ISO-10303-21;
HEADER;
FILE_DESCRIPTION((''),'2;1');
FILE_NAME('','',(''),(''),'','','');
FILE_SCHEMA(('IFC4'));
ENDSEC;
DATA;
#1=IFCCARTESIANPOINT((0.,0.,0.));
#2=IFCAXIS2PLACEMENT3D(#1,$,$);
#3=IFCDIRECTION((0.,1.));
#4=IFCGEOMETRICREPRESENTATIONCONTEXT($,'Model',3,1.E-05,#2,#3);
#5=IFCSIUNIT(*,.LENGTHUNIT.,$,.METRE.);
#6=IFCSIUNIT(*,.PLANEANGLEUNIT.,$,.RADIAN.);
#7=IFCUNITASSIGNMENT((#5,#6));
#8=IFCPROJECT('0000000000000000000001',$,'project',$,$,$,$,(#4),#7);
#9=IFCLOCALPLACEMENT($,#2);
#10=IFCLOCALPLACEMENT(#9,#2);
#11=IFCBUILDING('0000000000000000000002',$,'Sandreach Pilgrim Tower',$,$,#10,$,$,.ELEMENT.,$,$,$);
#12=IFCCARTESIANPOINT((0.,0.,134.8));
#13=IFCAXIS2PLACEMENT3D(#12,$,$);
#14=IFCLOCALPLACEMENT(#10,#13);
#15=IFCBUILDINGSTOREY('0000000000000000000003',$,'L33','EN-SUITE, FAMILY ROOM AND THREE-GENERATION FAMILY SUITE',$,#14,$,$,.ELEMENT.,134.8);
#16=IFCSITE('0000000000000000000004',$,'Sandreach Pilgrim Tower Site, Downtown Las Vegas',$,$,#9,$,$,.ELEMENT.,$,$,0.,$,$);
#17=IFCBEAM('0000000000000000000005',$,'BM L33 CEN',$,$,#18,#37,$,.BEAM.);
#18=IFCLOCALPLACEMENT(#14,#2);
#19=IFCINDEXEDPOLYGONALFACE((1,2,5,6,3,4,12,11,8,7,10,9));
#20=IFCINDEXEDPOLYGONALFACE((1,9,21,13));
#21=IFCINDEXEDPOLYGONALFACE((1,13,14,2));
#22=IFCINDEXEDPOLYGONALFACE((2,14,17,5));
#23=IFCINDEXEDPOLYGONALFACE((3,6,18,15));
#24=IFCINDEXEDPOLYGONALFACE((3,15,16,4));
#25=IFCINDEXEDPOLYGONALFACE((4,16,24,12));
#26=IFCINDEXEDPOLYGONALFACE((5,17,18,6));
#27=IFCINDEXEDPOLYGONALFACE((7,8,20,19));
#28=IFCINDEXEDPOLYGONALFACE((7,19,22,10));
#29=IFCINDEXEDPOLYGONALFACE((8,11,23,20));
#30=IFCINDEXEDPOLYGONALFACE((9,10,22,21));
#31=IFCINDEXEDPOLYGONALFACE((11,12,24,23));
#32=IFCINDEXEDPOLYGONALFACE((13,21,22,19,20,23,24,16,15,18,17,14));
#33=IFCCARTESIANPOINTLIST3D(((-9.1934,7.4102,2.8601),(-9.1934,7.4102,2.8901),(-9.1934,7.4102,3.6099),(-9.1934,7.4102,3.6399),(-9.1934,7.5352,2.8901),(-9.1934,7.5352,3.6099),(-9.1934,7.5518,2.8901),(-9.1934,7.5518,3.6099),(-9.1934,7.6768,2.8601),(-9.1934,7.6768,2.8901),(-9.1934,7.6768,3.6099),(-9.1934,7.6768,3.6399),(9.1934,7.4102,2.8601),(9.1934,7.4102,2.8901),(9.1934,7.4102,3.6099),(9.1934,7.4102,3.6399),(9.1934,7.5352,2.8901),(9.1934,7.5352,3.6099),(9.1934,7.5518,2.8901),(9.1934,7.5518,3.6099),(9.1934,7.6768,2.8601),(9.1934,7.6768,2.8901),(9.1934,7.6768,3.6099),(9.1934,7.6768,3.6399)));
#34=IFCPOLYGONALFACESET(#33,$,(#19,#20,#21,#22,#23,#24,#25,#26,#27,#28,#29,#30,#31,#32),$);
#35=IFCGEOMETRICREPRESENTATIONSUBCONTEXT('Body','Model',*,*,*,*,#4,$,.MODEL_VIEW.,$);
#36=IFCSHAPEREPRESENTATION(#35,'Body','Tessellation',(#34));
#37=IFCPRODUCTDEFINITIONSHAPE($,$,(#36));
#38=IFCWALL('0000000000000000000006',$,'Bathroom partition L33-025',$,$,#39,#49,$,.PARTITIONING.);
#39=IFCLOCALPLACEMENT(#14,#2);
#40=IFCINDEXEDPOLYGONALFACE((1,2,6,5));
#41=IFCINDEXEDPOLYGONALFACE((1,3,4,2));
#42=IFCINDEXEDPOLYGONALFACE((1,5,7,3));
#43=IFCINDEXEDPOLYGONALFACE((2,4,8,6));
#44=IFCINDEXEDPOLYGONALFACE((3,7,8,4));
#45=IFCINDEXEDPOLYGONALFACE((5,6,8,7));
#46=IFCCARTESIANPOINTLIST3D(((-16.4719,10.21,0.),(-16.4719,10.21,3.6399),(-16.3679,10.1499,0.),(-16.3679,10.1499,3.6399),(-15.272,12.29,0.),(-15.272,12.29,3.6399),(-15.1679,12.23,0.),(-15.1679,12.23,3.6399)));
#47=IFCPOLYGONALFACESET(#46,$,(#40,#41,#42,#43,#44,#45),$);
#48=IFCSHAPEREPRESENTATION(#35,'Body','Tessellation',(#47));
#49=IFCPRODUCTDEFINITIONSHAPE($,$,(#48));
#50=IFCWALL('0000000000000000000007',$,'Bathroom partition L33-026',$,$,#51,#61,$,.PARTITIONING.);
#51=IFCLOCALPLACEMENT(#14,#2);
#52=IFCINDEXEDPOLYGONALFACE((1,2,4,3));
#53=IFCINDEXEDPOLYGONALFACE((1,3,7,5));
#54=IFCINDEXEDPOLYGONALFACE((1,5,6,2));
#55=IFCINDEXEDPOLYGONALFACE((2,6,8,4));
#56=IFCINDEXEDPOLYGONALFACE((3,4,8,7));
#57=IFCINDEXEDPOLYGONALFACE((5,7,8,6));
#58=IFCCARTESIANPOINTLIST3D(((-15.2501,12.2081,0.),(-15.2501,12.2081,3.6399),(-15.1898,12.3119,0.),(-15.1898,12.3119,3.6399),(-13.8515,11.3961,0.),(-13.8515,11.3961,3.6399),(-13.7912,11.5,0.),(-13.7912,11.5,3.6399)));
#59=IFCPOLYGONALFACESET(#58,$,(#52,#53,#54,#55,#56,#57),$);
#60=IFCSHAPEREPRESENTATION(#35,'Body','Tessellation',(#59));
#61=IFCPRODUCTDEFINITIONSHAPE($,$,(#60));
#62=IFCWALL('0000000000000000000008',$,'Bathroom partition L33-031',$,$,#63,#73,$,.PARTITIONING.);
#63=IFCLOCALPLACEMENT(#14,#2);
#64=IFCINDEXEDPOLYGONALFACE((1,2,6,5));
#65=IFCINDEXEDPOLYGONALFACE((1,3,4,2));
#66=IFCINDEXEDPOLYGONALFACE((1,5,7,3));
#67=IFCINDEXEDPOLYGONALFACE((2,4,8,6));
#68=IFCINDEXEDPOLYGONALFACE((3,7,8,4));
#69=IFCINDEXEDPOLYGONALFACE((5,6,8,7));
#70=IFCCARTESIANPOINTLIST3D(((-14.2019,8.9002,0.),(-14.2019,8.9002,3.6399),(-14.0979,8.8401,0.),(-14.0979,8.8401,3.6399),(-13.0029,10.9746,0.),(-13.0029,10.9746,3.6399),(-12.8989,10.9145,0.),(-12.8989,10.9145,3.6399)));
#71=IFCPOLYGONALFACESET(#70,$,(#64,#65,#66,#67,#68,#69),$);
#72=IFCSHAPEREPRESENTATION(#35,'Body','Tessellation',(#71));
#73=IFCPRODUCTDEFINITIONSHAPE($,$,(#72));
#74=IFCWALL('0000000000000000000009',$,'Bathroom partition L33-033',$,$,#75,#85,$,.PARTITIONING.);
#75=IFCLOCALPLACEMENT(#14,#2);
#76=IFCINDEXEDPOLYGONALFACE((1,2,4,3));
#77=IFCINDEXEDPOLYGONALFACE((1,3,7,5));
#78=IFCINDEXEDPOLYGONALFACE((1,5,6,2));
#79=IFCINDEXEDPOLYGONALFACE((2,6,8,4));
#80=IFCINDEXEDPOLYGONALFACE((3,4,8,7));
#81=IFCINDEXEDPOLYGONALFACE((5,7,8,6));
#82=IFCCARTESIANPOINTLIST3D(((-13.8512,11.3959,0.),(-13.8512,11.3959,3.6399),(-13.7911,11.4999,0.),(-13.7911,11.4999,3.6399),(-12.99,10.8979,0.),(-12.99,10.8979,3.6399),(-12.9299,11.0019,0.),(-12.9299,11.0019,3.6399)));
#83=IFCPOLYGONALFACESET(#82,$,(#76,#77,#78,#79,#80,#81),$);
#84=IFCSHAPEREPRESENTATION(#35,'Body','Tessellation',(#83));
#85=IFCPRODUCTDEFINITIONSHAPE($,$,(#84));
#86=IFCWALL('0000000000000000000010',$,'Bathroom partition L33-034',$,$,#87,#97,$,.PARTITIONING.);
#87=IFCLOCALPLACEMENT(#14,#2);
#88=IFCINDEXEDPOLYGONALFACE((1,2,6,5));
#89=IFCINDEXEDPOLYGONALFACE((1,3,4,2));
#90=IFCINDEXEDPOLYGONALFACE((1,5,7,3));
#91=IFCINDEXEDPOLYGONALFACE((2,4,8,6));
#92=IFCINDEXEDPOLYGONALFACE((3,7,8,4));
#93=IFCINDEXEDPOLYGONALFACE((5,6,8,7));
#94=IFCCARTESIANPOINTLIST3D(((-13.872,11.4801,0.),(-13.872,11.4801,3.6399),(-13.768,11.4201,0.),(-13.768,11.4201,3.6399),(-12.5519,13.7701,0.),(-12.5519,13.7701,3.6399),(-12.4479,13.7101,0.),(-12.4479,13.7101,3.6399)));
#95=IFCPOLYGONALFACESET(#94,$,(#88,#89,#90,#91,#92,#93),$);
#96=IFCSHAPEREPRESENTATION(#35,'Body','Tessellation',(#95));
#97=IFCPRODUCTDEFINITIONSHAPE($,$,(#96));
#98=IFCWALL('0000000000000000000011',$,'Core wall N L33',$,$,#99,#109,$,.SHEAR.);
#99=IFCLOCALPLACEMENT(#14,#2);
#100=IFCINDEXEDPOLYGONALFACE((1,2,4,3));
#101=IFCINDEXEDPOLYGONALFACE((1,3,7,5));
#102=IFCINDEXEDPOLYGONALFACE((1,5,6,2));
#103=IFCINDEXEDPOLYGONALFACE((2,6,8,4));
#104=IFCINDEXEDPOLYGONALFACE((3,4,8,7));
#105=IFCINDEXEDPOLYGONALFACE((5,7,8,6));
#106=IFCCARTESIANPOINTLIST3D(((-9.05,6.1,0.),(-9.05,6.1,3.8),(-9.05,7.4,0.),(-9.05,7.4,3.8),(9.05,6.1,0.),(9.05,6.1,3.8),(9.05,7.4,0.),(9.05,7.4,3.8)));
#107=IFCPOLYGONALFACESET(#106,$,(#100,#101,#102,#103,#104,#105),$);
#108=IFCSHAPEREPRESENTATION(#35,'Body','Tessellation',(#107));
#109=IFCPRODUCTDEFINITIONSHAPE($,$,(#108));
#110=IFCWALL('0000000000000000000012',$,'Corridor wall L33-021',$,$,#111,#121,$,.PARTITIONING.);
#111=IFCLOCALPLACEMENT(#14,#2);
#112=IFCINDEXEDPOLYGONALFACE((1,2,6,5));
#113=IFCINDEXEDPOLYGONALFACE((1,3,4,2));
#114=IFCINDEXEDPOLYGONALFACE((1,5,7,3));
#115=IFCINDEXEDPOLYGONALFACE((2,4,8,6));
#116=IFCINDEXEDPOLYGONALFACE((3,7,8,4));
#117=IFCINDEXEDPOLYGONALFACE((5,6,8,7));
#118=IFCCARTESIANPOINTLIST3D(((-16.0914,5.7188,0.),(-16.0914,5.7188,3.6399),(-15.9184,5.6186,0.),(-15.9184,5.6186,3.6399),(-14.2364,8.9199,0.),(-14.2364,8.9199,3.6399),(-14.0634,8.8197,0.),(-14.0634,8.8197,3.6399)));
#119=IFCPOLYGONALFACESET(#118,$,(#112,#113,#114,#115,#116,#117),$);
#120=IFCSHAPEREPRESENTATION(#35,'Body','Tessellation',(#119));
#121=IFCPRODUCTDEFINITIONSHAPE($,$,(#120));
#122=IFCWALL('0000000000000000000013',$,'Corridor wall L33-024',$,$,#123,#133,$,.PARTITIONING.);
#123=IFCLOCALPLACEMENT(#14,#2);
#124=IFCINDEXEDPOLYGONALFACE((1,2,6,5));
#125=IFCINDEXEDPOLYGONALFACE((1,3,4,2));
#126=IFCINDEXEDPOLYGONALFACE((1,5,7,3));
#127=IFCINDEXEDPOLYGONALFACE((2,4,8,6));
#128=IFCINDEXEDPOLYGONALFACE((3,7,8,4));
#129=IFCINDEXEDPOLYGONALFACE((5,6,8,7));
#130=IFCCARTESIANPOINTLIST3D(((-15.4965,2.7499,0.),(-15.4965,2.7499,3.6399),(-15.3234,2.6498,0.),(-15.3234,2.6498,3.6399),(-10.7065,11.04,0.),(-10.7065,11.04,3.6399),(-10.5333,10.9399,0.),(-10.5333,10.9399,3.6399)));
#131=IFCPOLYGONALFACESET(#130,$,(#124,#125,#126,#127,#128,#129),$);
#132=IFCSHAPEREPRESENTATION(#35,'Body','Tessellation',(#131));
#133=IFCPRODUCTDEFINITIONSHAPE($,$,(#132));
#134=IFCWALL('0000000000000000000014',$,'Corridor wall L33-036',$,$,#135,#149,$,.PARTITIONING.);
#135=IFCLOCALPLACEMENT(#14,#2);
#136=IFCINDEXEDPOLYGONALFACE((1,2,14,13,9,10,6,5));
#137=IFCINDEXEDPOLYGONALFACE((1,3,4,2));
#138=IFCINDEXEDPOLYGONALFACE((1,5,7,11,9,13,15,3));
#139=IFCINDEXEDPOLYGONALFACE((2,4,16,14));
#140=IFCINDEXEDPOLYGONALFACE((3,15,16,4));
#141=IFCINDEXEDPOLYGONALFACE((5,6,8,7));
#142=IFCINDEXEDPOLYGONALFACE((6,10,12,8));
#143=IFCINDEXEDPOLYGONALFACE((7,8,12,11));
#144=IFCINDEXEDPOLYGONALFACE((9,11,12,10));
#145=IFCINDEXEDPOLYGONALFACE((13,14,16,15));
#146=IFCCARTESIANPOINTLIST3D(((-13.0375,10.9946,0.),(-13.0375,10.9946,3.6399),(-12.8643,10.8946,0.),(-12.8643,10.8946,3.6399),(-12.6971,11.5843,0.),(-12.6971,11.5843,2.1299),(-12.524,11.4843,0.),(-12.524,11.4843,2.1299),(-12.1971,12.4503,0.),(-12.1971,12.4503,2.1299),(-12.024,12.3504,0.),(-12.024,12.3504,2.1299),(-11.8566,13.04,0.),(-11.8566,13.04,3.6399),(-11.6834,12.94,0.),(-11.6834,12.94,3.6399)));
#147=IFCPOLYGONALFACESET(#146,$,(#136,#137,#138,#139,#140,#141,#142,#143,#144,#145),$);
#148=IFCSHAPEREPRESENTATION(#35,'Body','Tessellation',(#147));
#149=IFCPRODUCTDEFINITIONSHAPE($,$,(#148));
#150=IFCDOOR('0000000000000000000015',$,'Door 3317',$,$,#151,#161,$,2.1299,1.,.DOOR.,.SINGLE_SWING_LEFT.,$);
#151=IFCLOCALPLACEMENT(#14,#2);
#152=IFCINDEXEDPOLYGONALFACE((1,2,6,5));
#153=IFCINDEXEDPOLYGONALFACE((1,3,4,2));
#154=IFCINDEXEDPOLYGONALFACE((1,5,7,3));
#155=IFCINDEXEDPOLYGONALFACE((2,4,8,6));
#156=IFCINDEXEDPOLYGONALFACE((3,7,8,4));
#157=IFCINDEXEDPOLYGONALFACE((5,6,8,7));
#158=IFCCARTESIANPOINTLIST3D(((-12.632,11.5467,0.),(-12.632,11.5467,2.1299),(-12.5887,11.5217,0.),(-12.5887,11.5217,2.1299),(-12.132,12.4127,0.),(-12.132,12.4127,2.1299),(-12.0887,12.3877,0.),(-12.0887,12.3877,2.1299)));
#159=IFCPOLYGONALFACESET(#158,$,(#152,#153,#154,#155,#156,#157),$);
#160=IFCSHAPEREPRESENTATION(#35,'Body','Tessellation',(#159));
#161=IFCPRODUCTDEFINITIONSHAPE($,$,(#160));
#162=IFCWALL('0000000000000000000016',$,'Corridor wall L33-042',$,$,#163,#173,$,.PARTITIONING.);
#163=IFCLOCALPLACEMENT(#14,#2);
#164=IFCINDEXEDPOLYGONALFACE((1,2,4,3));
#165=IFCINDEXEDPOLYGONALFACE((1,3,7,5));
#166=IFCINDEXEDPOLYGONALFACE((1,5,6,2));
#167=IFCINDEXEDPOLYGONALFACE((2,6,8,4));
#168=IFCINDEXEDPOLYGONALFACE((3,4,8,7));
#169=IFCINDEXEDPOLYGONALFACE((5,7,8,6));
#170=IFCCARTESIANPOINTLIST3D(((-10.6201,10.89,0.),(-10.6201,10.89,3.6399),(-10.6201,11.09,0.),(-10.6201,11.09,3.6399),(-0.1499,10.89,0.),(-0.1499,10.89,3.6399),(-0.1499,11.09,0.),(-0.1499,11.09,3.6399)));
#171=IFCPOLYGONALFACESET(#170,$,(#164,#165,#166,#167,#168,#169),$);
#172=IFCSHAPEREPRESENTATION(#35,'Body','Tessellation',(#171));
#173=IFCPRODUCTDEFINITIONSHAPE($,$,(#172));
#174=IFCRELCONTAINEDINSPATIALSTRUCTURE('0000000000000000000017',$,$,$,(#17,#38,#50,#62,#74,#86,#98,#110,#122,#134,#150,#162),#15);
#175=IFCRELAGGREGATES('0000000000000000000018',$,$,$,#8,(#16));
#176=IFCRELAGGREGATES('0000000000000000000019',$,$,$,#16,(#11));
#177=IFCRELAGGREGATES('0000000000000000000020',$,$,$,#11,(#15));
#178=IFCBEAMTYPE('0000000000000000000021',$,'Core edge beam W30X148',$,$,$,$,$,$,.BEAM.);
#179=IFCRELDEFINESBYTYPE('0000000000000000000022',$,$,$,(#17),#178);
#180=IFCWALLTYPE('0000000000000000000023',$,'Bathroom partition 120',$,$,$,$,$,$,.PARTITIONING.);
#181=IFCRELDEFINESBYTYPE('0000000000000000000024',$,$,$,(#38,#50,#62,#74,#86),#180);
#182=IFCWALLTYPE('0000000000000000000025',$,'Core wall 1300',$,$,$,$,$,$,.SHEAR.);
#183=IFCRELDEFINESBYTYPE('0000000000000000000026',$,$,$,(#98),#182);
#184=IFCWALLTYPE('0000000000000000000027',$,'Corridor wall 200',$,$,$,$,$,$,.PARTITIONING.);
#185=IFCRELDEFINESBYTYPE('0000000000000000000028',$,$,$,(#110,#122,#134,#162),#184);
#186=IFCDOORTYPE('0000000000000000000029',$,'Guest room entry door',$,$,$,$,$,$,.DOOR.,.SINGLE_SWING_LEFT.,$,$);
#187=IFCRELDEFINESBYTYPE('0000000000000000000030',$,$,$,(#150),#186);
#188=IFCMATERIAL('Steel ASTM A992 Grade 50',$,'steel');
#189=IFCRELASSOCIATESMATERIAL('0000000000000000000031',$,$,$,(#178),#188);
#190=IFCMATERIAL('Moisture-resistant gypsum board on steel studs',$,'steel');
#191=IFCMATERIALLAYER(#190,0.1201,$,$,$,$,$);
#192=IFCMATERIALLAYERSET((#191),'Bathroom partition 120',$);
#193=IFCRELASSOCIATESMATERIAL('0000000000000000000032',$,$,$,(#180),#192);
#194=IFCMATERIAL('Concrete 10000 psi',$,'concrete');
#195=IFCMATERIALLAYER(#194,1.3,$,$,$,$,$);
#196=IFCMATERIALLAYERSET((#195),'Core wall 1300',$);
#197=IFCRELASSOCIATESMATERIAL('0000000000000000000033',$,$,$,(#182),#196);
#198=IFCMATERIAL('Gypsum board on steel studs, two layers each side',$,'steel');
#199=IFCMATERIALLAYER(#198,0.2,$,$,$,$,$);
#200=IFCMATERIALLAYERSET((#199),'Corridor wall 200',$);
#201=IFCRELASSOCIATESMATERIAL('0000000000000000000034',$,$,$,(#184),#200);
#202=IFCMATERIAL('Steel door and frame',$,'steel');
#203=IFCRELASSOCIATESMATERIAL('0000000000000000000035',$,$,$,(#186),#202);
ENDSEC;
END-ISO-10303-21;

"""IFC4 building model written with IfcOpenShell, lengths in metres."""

from ifc_helpers import new_model, si_unit, direction, frame, frame_2d, origin, origin_2d, place, context, subcontext, project, spatial, rectangle, i_section, extrude, material, layer, layer_set, material_profile, profile_set, type_object, element, fill, save


model = new_model("IFC4")

# Units and contexts
model_context = context("Model", 3, precision=1e-05, world=origin(), true_north=direction((0.0, 1.0)))
body_context = subcontext(model_context, "Body", "Model", "MODEL_VIEW")
ifc_project = project(units=[si_unit("LENGTHUNIT", "METRE"), si_unit("PLANEANGLEUNIT", "RADIAN")], contexts=[model_context])

# Site, building, storey
site_placement = place(None, origin())
site = spatial("IfcSite", under=ifc_project, at=site_placement, Name="Sandreach Pilgrim Tower Site, Downtown Las Vegas", CompositionType="ELEMENT", RefElevation=0.0)
building_placement = place(site_placement, origin())
building = spatial("IfcBuilding", under=site, at=building_placement, Name="Sandreach Pilgrim Tower", CompositionType="ELEMENT")
storey_placement = place(building_placement, frame((0.0, 0.0, 134.8)))
storey = spatial("IfcBuildingStorey", under=building, at=storey_placement, Name="L33", Description="EN-SUITE, FAMILY ROOM AND THREE-GENERATION FAMILY SUITE", CompositionType="ELEMENT", Elevation=134.8)

# Beam
ifc_material_1 = material(Name="Steel ASTM A992 Grade 50", Category="steel")
ifc_material_profile = material_profile(ifc_material_1, i_section(OverallWidth=0.2666, OverallDepth=0.7798, WebThickness=0.0166, FlangeThickness=0.03, at=origin_2d()), Name="W30X148")
ifc_profile_set = profile_set([ifc_material_profile], Name="Steel ASTM A992 Grade 50")
beam_type = type_object("IfcBeamType", Name="Core edge beam W30X148", PredefinedType="BEAM", material=ifc_profile_set)
beam_placement = place(storey_placement, frame((-9.1934, 7.5435, 3.25), z_axis=(1.0, 0.0, 0.0), x_axis=(0.0, 1.0, 0.0)))
element("IfcBeam", 1, at=beam_placement, inside=storey, type_object=beam_type, Name="BM L33 CEN", PredefinedType="BEAM", context=body_context, shape_type="SweptSolid", body=[
    extrude(i_section(OverallWidth=0.2666, OverallDepth=0.7798, WebThickness=0.0166, FlangeThickness=0.03, at=origin_2d()), origin(), (0.0, 0.0, 1.0), 18.3867),
])

# Walls
ifc_material_2 = material(Name="Moisture-resistant gypsum board on steel studs", Category="steel")
ifc_layer_1 = layer(ifc_material_2, 0.1201)
ifc_layer_set_1 = layer_set([ifc_layer_1], Name="Bathroom partition 120")
wall_type_1 = type_object("IfcWallType", Name="Bathroom partition 120", PredefinedType="PARTITIONING", material=ifc_layer_set_1)
wall_1_placement = place(storey_placement, frame((-15.22, 12.26, 0.0), z_axis=(0.0, 0.0, 1.0), x_axis=(-0.499693, -0.866203, 0.0)))
element("IfcWall", 2, at=wall_1_placement, inside=storey, type_object=wall_type_1, Name="Bathroom partition L33-025", PredefinedType="PARTITIONING", context=body_context, shape_type="SweptSolid", body=[
    extrude(rectangle(XDim=2.4014, YDim=0.1201, at=frame_2d((1.2007, 0.0))), origin(), (0.0, 0.0, 1.0), 3.6399),
])
wall_2_placement = place(storey_placement, frame((-15.22, 12.26, 0.0), z_axis=(0.0, 0.0, 1.0), x_axis=(0.864823, -0.502077, 0.0)))
element("IfcWall", 3, at=wall_2_placement, inside=storey, type_object=wall_type_1, Name="Bathroom partition L33-026", PredefinedType="PARTITIONING", context=body_context, shape_type="SweptSolid", body=[
    extrude(rectangle(XDim=1.6172, YDim=0.1201, at=frame_2d((0.8086, 0.0))), origin(), (0.0, 0.0, 1.0), 3.6399),
])
wall_3_placement = place(storey_placement, frame((-14.1499, 8.8701, 0.0), z_axis=(0.0, 0.0, 1.0), x_axis=(0.500402, 0.865793, 0.0)))
element("IfcWall", 4, at=wall_3_placement, inside=storey, type_object=wall_type_1, Name="Bathroom partition L33-031", PredefinedType="PARTITIONING", context=body_context, shape_type="SweptSolid", body=[
    extrude(rectangle(XDim=2.396, YDim=0.1201, at=frame_2d((1.198, 0.0))), origin(), (0.0, 0.0, 1.0), 3.6399),
])
wall_4_placement = place(storey_placement, frame((-13.8213, 11.448, 0.0), z_axis=(0.0, 0.0, 1.0), x_axis=(0.865695, -0.500572, 0.0)))
element("IfcWall", 5, at=wall_4_placement, inside=storey, type_object=wall_type_1, Name="Bathroom partition L33-033", PredefinedType="PARTITIONING", context=body_context, shape_type="SweptSolid", body=[
    extrude(rectangle(XDim=0.9949, YDim=0.1201, at=frame_2d((0.4976, 0.0))), origin(), (0.0, 0.0, 1.0), 3.6399),
])
wall_5_placement = place(storey_placement, frame((-13.8201, 11.45, 0.0), z_axis=(0.0, 0.0, 1.0), x_axis=(0.499408, 0.866367, 0.0)))
element("IfcWall", 6, at=wall_5_placement, inside=storey, type_object=wall_type_1, Name="Bathroom partition L33-034", PredefinedType="PARTITIONING", context=body_context, shape_type="SweptSolid", body=[
    extrude(rectangle(XDim=2.6433, YDim=0.1201, at=frame_2d((1.3218, 0.0))), origin(), (0.0, 0.0, 1.0), 3.6399),
])

# Wall
ifc_material_3 = material(Name="Concrete 10000 psi", Category="concrete")
ifc_layer_2 = layer(ifc_material_3, 1.3)
ifc_layer_set_2 = layer_set([ifc_layer_2], Name="Core wall 1300")
wall_type_2 = type_object("IfcWallType", Name="Core wall 1300", PredefinedType="SHEAR", material=ifc_layer_set_2)
wall_6_placement = place(storey_placement, frame((-9.05, 6.75, 0.0), z_axis=(0.0, 0.0, 1.0), x_axis=(1.0, 0.0, 0.0)))
element("IfcWall", 7, at=wall_6_placement, inside=storey, type_object=wall_type_2, Name="Core wall N L33", PredefinedType="SHEAR", context=body_context, shape_type="SweptSolid", body=[
    extrude(rectangle(XDim=18.1001, YDim=1.3, at=frame_2d((9.05, 0.0))), origin(), (0.0, 0.0, 1.0), 3.8),
])

# Shared definitions
ifc_material_4 = material(Name="Gypsum board on steel studs, two layers each side", Category="steel")
ifc_layer_3 = layer(ifc_material_4, 0.2)
ifc_layer_set_3 = layer_set([ifc_layer_3], Name="Corridor wall 200")
wall_type_3 = type_object("IfcWallType", Name="Corridor wall 200", PredefinedType="PARTITIONING", material=ifc_layer_set_3)
ifc_material_5 = material(Name="Steel door and frame", Category="steel")
door_type_1 = type_object("IfcDoorType", Name="Guest room entry door", OperationType="SINGLE_SWING_LEFT", PredefinedType="DOOR", material=ifc_material_5)

# Walls
wall_7_placement = place(storey_placement, frame((-16.0049, 5.6687, 0.0), z_axis=(0.0, 0.0, 1.0), x_axis=(0.501374, 0.86523, 0.0)))
element("IfcWall", 8, at=wall_7_placement, inside=storey, type_object=wall_type_3, Name="Corridor wall L33-021", PredefinedType="PARTITIONING", context=body_context, shape_type="SweptSolid", body=[
    extrude(rectangle(XDim=3.6997, YDim=0.2, at=frame_2d((1.8499, 0.0))), origin(), (0.0, 0.0, 1.0), 3.6399),
])
wall_8_placement = place(storey_placement, frame((-15.4099, 2.7, 0.0), z_axis=(0.0, 0.0, 1.0), x_axis=(0.500296, 0.865854, 0.0)))
element("IfcWall", 9, at=wall_8_placement, inside=storey, type_object=wall_type_3, Name="Corridor wall L33-024", PredefinedType="PARTITIONING", context=body_context, shape_type="SweptSolid", body=[
    extrude(rectangle(XDim=9.5745, YDim=0.2, at=frame_2d((4.7871, 0.0))), origin(), (0.0, 0.0, 1.0), 3.6399),
])

# Wall, opening, door
wall_9_placement = place(storey_placement, frame((-12.9509, 10.9446, 0.0), z_axis=(0.0, 0.0, 1.0), x_axis=(0.499997, 0.866027, 0.0)))
wall_9 = element("IfcWall", 10, at=wall_9_placement, inside=storey, type_object=wall_type_3, Name="Corridor wall L33-036", PredefinedType="PARTITIONING", context=body_context, shape_type="SweptSolid", body=[
    extrude(rectangle(XDim=2.3618, YDim=0.2, at=frame_2d((1.1809, 0.0))), origin(), (0.0, 0.0, 1.0), 3.6399),
])
opening_1_placement = place(wall_9_placement, frame((0.6809, 0.0, 0.0)))
opening_1 = element("IfcOpeningElement", 11, at=opening_1_placement, cuts=wall_9, PredefinedType="OPENING", context=body_context, shape_type="SweptSolid", body=[
    extrude(rectangle(XDim=1.0, YDim=2.1299, at=frame_2d((0.5, 1.0649))), frame((0.0, 0.1001, 0.0), z_axis=(0.0, -1.0, 0.0), x_axis=(1.0, 0.0, 0.0)), (0.0, 0.0, 1.0), 0.2),
])
door_1_placement = place(opening_1_placement, origin())
door_1 = element("IfcDoor", 12, at=door_1_placement, inside=storey, type_object=door_type_1, Name="Door 3317", OperationType="SINGLE_SWING_LEFT", OverallHeight=2.1299, OverallWidth=1.0, PredefinedType="DOOR", context=body_context, shape_type="SweptSolid", body=[
    extrude(rectangle(XDim=1.0, YDim=2.1299, at=frame_2d((0.5, 1.0649))), frame((0.0, 0.0249, 0.0), z_axis=(0.0, -1.0, 0.0), x_axis=(1.0, 0.0, 0.0)), (0.0, 0.0, 1.0), 0.05),
])
fill(opening_1, door_1)

# Wall
wall_10_placement = place(storey_placement, frame((-10.6201, 10.99, 0.0), z_axis=(0.0, 0.0, 1.0), x_axis=(1.0, 0.0, 0.0)))
element("IfcWall", 13, at=wall_10_placement, inside=storey, type_object=wall_type_3, Name="Corridor wall L33-042", PredefinedType="PARTITIONING", context=body_context, shape_type="SweptSolid", body=[
    extrude(rectangle(XDim=10.4702, YDim=0.2, at=frame_2d((5.2351, 0.0))), origin(), (0.0, 0.0, 1.0), 3.6399),
])

save(model, "model.ifc")
